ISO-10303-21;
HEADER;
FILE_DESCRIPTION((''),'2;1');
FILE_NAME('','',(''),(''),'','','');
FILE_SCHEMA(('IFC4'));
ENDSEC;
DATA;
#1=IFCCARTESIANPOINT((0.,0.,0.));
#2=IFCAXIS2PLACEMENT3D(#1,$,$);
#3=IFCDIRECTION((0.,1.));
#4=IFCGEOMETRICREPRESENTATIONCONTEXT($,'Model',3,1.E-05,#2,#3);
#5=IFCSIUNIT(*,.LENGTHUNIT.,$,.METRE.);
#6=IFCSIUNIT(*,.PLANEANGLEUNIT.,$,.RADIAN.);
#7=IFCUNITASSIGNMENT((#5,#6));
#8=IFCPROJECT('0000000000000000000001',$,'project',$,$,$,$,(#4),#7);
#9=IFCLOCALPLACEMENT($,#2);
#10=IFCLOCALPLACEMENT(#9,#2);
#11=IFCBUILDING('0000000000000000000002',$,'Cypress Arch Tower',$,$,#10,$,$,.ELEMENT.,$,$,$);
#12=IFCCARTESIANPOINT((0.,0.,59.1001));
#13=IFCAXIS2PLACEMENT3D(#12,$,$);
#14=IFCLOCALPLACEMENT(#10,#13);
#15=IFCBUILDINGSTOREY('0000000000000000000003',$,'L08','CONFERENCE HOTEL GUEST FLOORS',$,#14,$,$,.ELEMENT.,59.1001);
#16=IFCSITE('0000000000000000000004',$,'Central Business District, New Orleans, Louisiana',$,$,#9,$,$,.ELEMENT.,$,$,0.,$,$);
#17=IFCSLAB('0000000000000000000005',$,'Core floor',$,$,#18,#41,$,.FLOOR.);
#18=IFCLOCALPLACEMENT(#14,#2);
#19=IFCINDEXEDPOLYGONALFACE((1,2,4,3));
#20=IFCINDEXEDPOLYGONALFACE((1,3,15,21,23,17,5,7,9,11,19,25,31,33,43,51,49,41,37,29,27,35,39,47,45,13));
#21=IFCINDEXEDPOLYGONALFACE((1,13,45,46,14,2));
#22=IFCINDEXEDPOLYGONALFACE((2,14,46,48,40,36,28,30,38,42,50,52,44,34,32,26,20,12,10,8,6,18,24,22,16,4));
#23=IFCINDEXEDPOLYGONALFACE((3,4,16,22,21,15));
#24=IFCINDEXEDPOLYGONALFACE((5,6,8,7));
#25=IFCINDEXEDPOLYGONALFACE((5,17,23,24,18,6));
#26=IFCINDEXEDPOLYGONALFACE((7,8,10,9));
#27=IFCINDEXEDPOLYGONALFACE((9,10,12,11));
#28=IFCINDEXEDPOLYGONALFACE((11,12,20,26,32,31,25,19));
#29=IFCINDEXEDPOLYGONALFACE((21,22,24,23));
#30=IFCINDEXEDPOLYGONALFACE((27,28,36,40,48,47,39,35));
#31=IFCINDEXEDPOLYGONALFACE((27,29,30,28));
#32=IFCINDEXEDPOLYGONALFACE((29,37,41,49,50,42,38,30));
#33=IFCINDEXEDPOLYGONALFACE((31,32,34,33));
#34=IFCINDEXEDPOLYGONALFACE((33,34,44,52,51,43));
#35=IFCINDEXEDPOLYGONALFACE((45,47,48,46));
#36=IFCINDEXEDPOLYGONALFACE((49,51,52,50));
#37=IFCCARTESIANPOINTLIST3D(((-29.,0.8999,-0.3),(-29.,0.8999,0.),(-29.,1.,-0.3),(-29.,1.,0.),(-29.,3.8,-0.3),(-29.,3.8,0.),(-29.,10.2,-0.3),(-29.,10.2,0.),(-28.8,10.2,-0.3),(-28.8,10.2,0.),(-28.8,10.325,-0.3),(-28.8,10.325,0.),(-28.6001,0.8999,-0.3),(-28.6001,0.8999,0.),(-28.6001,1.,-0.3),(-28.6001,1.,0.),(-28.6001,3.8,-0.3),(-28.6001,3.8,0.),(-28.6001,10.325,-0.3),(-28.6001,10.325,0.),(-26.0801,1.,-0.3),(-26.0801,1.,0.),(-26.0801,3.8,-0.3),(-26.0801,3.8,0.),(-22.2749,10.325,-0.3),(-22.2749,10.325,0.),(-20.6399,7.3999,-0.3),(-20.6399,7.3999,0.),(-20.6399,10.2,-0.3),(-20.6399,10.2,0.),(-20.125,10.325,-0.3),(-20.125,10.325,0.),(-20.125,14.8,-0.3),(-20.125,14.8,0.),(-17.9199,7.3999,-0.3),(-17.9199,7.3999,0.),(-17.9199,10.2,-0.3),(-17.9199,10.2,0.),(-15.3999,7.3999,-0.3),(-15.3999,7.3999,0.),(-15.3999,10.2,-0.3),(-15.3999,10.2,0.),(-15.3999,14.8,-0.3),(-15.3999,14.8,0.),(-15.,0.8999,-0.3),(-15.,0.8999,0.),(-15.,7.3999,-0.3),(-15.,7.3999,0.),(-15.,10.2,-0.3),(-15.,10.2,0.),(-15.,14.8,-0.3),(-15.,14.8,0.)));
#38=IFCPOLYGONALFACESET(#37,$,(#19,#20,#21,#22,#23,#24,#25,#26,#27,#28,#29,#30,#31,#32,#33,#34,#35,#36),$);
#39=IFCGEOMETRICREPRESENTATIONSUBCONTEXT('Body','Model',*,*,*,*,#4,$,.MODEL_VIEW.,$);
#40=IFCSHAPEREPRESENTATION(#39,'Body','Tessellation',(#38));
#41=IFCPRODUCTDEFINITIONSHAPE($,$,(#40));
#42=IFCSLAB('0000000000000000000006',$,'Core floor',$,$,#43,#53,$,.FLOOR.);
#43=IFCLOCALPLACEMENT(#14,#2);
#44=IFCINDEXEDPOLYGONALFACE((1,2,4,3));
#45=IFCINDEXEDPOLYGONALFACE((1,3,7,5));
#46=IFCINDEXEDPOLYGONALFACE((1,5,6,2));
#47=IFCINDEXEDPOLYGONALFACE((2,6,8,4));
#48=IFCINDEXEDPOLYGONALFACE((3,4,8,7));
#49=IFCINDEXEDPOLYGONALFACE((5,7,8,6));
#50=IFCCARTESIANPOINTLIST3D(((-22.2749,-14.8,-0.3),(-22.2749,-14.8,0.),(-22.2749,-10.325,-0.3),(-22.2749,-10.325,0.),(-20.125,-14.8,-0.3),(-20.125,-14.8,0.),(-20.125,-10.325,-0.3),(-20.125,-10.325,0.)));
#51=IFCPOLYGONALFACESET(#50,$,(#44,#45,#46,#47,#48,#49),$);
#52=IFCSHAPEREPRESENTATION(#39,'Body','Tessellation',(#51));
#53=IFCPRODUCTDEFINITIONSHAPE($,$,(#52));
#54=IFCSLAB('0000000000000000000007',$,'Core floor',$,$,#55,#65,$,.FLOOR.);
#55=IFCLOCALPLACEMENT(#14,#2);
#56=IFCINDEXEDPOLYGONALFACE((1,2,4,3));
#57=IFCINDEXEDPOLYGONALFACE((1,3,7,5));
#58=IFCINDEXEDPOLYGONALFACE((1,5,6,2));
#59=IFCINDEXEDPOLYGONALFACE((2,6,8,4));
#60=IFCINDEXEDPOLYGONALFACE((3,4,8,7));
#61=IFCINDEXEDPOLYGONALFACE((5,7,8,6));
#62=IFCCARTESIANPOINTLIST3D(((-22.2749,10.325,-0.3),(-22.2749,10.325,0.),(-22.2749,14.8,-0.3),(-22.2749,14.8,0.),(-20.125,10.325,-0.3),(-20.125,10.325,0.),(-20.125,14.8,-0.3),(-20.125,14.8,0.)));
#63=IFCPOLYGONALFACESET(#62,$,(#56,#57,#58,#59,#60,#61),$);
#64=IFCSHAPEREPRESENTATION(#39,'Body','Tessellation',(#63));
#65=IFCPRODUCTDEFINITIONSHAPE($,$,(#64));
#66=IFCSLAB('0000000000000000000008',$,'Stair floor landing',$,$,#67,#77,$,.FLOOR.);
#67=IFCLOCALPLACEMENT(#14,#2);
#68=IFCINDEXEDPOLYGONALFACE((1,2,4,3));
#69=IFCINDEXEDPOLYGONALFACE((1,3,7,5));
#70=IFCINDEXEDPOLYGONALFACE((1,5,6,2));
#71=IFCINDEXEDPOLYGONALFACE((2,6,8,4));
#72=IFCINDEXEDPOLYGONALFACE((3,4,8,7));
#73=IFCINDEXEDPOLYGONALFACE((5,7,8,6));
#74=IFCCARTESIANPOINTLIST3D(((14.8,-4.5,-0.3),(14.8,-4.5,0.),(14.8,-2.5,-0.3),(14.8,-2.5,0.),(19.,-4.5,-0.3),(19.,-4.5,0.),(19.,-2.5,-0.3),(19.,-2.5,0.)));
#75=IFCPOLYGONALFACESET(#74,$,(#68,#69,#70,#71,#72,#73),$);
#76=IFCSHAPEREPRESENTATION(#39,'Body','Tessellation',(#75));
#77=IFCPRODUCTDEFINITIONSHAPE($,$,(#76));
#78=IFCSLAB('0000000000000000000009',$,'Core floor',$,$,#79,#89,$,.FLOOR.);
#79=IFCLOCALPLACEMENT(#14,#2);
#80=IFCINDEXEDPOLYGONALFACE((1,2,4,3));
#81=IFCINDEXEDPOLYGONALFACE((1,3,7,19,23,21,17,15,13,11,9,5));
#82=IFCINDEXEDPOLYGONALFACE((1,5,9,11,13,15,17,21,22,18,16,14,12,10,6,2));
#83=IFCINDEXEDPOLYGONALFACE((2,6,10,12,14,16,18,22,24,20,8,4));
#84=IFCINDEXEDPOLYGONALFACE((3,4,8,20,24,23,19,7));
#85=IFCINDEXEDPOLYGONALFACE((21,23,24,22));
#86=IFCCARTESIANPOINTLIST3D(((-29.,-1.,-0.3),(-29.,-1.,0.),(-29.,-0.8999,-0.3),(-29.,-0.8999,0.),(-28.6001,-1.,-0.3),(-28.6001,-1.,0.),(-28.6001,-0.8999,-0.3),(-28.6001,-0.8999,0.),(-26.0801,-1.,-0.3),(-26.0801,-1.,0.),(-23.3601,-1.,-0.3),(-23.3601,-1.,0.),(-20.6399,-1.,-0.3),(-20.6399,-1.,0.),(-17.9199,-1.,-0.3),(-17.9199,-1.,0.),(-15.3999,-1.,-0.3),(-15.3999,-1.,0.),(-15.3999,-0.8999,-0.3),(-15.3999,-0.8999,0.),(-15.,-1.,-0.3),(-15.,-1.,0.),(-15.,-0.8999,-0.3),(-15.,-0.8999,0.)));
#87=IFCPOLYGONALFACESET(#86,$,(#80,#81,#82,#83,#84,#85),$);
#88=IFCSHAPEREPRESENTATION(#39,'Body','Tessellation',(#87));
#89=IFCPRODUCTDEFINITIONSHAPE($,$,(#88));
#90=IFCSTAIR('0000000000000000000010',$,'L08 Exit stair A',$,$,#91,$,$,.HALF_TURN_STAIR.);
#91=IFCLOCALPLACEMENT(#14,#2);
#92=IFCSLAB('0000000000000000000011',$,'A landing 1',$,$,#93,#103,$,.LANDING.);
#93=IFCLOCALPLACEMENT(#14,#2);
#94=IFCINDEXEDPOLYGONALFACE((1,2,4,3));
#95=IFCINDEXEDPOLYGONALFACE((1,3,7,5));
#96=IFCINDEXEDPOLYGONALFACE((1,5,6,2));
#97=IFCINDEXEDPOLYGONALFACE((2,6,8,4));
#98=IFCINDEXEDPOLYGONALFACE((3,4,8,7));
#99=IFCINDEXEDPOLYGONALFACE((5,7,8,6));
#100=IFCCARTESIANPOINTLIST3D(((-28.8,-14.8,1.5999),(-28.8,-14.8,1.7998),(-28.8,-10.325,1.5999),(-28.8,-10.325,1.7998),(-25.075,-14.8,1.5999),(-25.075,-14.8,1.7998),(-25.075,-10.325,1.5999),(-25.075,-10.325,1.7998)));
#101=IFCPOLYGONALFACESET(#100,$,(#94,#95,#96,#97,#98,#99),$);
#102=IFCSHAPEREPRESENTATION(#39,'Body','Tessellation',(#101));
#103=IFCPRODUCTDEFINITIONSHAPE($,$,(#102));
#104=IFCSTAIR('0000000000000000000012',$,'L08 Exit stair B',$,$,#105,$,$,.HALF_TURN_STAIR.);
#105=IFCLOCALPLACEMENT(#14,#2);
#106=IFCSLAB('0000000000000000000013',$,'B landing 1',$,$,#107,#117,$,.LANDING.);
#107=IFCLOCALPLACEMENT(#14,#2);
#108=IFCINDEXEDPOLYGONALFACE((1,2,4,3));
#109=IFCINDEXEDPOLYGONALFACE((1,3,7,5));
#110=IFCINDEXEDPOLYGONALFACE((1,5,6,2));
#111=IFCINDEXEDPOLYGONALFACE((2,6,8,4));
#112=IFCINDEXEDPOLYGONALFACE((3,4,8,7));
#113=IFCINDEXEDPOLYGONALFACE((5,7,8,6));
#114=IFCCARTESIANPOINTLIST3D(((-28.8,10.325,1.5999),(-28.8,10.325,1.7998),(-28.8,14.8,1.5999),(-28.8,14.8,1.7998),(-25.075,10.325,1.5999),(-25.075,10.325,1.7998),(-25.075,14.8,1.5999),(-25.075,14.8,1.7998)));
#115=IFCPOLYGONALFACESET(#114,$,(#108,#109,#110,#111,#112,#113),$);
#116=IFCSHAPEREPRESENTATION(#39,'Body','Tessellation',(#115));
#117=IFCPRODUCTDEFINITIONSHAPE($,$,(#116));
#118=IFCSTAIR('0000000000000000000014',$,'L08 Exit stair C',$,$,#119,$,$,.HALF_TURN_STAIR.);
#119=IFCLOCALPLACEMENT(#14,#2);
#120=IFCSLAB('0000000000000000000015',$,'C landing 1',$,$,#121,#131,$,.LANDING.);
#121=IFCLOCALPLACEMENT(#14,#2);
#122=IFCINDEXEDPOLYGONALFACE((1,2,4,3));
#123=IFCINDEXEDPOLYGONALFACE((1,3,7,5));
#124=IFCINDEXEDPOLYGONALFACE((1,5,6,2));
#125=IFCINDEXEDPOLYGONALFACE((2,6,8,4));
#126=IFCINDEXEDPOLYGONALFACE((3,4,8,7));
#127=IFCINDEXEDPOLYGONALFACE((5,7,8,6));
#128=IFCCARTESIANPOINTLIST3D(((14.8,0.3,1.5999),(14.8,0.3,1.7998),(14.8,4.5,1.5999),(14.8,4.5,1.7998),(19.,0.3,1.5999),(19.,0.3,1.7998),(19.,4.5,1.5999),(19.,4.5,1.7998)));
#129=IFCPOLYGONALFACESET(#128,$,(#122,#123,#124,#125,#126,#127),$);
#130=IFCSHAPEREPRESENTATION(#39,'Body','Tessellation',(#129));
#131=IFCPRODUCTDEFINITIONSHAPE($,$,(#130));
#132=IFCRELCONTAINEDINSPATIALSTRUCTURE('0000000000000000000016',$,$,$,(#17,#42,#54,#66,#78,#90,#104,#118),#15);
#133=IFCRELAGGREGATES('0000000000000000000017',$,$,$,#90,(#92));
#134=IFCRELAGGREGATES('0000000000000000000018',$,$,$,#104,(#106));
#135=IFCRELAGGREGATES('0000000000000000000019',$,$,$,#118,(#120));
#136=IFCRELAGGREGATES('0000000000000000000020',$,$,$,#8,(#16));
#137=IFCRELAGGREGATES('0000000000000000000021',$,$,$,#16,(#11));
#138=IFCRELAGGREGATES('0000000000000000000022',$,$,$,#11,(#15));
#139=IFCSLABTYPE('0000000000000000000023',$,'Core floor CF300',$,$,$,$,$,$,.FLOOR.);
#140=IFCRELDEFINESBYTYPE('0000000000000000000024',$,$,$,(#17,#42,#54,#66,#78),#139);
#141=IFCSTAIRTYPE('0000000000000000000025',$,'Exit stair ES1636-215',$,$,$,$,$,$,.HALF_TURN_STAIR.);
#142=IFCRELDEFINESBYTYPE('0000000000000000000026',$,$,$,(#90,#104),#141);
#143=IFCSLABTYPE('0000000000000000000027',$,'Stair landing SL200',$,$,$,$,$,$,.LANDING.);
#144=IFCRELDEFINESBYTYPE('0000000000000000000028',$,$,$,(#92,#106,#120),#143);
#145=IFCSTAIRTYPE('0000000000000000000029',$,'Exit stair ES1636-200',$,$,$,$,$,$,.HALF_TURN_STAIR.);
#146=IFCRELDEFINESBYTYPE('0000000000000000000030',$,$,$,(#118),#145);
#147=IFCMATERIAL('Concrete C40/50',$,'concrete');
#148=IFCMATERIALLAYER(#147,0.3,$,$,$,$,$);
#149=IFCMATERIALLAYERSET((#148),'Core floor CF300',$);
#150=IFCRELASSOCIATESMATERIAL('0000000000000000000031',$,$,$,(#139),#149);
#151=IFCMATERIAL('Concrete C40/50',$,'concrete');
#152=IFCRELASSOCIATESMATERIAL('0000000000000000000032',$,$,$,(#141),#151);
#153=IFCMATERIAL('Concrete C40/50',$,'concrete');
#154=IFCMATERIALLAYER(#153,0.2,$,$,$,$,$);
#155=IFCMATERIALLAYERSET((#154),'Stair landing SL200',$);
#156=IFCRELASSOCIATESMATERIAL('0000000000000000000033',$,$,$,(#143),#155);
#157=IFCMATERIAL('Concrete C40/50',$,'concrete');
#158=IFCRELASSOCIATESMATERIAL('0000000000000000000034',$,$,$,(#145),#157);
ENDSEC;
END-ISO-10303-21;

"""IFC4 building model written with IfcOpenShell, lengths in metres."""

from ifc_helpers import new_model, si_unit, direction, frame, origin, place, context, subcontext, project, spatial, polyline, outline, extrude, material, layer, layer_set, type_object, element, aggregate, save


model = new_model("IFC4")

# Units and contexts
model_context = context("Model", 3, precision=1e-05, world=origin(), true_north=direction((0.0, 1.0)))
body_context = subcontext(model_context, "Body", "Model", "MODEL_VIEW")
ifc_project = project(units=[si_unit("LENGTHUNIT", "METRE"), si_unit("PLANEANGLEUNIT", "RADIAN")], contexts=[model_context])

# Site, building, storey
site_placement = place(None, origin())
site = spatial("IfcSite", under=ifc_project, at=site_placement, Name="Central Business District, New Orleans, Louisiana", CompositionType="ELEMENT", RefElevation=0.0)
building_placement = place(site_placement, origin())
building = spatial("IfcBuilding", under=site, at=building_placement, Name="Cypress Arch Tower", CompositionType="ELEMENT")
storey_placement = place(building_placement, frame((0.0, 0.0, 59.1001)))
storey = spatial("IfcBuildingStorey", under=building, at=storey_placement, Name="L08", Description="CONFERENCE HOTEL GUEST FLOORS", CompositionType="ELEMENT", Elevation=59.1001)

# Slabs
ifc_material_1 = material(Name="Concrete C40/50", Category="concrete")
ifc_layer_1 = layer(ifc_material_1, 0.3)
ifc_layer_set_1 = layer_set([ifc_layer_1], Name="Core floor CF300")
slab_type_1 = type_object("IfcSlabType", Name="Core floor CF300", PredefinedType="FLOOR", material=ifc_layer_set_1)
slab_1_placement = place(storey_placement, frame((0.0, 0.0, -0.3)))
element("IfcSlab", 1, at=slab_1_placement, inside=storey, type_object=slab_type_1, Name="Core floor", PredefinedType="FLOOR", context=body_context, shape_type="SweptSolid", body=[
    extrude(outline(polyline([(-29.0, 3.8), (-29.0, 10.2), (-28.8, 10.2), (-28.8, 10.325), (-28.6001, 10.325), (-22.2749, 10.325), (-20.125, 10.325), (-20.125, 14.8), (-15.3999, 14.8), (-15.0, 14.8), (-15.0, 10.2), (-15.3999, 10.2), (-17.9199, 10.2), (-20.6399, 10.2), (-20.6399, 7.3999), (-17.9199, 7.3999), (-15.3999, 7.3999), (-15.0, 7.3999), (-15.0, 0.8999), (-28.6001, 0.8999), (-29.0, 0.8999), (-29.0, 1.0), (-28.6001, 1.0), (-26.0801, 1.0), (-26.0801, 3.8), (-28.6001, 3.8), (-29.0, 3.8)])), origin(), (0.0, 0.0, 1.0), 0.3),
])
slab_2_placement = place(storey_placement, frame((0.0, 0.0, -0.3)))
element("IfcSlab", 2, at=slab_2_placement, inside=storey, type_object=slab_type_1, Name="Core floor", PredefinedType="FLOOR", context=body_context, shape_type="SweptSolid", body=[
    extrude(outline(polyline([(-22.2749, -10.325), (-22.2749, -14.8), (-20.125, -14.8), (-20.125, -10.325), (-22.2749, -10.325)])), origin(), (0.0, 0.0, 1.0), 0.3),
])
slab_3_placement = place(storey_placement, frame((0.0, 0.0, -0.3)))
element("IfcSlab", 3, at=slab_3_placement, inside=storey, type_object=slab_type_1, Name="Core floor", PredefinedType="FLOOR", context=body_context, shape_type="SweptSolid", body=[
    extrude(outline(polyline([(-20.125, 14.8), (-22.2749, 14.8), (-22.2749, 10.325), (-20.125, 10.325), (-20.125, 14.8)])), origin(), (0.0, 0.0, 1.0), 0.3),
])
slab_4_placement = place(storey_placement, frame((0.0, 0.0, -0.3)))
element("IfcSlab", 4, at=slab_4_placement, inside=storey, type_object=slab_type_1, Name="Stair floor landing", PredefinedType="FLOOR", context=body_context, shape_type="SweptSolid", body=[
    extrude(outline(polyline([(19.0, -4.5), (19.0, -2.5), (14.8, -2.5), (14.8, -4.5), (19.0, -4.5)])), origin(), (0.0, 0.0, 1.0), 0.3),
])
slab_5_placement = place(storey_placement, frame((0.0, 0.0, -0.3)))
element("IfcSlab", 5, at=slab_5_placement, inside=storey, type_object=slab_type_1, Name="Core floor", PredefinedType="FLOOR", context=body_context, shape_type="SweptSolid", body=[
    extrude(outline(polyline([(-20.6399, -1.0), (-23.3601, -1.0), (-26.0801, -1.0), (-28.6001, -1.0), (-29.0, -1.0), (-29.0, -0.8999), (-28.6001, -0.8999), (-15.3999, -0.8999), (-15.0, -0.8999), (-15.0, -1.0), (-15.3999, -1.0), (-17.9199, -1.0), (-20.6399, -1.0)])), origin(), (0.0, 0.0, 1.0), 0.3),
])

# Stairs, slabs
ifc_material_2 = material(Name="Concrete C40/50", Category="concrete")
stair_type_1 = type_object("IfcStairType", Name="Exit stair ES1636-215", PredefinedType="HALF_TURN_STAIR", material=ifc_material_2)
stair_1_placement = place(storey_placement, origin())
stair_1 = element("IfcStair", 6, at=stair_1_placement, inside=storey, type_object=stair_type_1, Name="L08 Exit stair A", PredefinedType="HALF_TURN_STAIR")
ifc_material_3 = material(Name="Concrete C40/50", Category="concrete")
ifc_layer_2 = layer(ifc_material_3, 0.2)
ifc_layer_set_2 = layer_set([ifc_layer_2], Name="Stair landing SL200")
slab_type_2 = type_object("IfcSlabType", Name="Stair landing SL200", PredefinedType="LANDING", material=ifc_layer_set_2)
slab_6_placement = place(storey_placement, frame((0.0, 0.0, 1.5999)))
slab_6 = element("IfcSlab", 7, at=slab_6_placement, type_object=slab_type_2, Name="A landing 1", PredefinedType="LANDING", context=body_context, shape_type="SweptSolid", body=[
    extrude(outline(polyline([(-25.075, -10.325), (-28.8, -10.325), (-28.8, -14.8), (-25.075, -14.8), (-25.075, -10.325)])), origin(), (0.0, 0.0, 1.0), 0.2),
])
aggregate(stair_1, [slab_6])
stair_2_placement = place(storey_placement, origin())
stair_2 = element("IfcStair", 8, at=stair_2_placement, inside=storey, type_object=stair_type_1, Name="L08 Exit stair B", PredefinedType="HALF_TURN_STAIR")
slab_7_placement = place(storey_placement, frame((0.0, 0.0, 1.5999)))
slab_7 = element("IfcSlab", 9, at=slab_7_placement, type_object=slab_type_2, Name="B landing 1", PredefinedType="LANDING", context=body_context, shape_type="SweptSolid", body=[
    extrude(outline(polyline([(-25.075, 14.8), (-28.8, 14.8), (-28.8, 10.325), (-25.075, 10.325), (-25.075, 14.8)])), origin(), (0.0, 0.0, 1.0), 0.2),
])
aggregate(stair_2, [slab_7])
ifc_material_4 = material(Name="Concrete C40/50", Category="concrete")
stair_type_2 = type_object("IfcStairType", Name="Exit stair ES1636-200", PredefinedType="HALF_TURN_STAIR", material=ifc_material_4)
stair_3_placement = place(storey_placement, origin())
stair_3 = element("IfcStair", 10, at=stair_3_placement, inside=storey, type_object=stair_type_2, Name="L08 Exit stair C", PredefinedType="HALF_TURN_STAIR")
slab_8_placement = place(storey_placement, frame((0.0, 0.0, 1.5999)))
slab_8 = element("IfcSlab", 11, at=slab_8_placement, type_object=slab_type_2, Name="C landing 1", PredefinedType="LANDING", context=body_context, shape_type="SweptSolid", body=[
    extrude(outline(polyline([(19.0, 0.3), (19.0, 4.5), (14.8, 4.5), (14.8, 0.3), (19.0, 0.3)])), origin(), (0.0, 0.0, 1.0), 0.2),
])
aggregate(stair_3, [slab_8])

save(model, "model.ifc")
